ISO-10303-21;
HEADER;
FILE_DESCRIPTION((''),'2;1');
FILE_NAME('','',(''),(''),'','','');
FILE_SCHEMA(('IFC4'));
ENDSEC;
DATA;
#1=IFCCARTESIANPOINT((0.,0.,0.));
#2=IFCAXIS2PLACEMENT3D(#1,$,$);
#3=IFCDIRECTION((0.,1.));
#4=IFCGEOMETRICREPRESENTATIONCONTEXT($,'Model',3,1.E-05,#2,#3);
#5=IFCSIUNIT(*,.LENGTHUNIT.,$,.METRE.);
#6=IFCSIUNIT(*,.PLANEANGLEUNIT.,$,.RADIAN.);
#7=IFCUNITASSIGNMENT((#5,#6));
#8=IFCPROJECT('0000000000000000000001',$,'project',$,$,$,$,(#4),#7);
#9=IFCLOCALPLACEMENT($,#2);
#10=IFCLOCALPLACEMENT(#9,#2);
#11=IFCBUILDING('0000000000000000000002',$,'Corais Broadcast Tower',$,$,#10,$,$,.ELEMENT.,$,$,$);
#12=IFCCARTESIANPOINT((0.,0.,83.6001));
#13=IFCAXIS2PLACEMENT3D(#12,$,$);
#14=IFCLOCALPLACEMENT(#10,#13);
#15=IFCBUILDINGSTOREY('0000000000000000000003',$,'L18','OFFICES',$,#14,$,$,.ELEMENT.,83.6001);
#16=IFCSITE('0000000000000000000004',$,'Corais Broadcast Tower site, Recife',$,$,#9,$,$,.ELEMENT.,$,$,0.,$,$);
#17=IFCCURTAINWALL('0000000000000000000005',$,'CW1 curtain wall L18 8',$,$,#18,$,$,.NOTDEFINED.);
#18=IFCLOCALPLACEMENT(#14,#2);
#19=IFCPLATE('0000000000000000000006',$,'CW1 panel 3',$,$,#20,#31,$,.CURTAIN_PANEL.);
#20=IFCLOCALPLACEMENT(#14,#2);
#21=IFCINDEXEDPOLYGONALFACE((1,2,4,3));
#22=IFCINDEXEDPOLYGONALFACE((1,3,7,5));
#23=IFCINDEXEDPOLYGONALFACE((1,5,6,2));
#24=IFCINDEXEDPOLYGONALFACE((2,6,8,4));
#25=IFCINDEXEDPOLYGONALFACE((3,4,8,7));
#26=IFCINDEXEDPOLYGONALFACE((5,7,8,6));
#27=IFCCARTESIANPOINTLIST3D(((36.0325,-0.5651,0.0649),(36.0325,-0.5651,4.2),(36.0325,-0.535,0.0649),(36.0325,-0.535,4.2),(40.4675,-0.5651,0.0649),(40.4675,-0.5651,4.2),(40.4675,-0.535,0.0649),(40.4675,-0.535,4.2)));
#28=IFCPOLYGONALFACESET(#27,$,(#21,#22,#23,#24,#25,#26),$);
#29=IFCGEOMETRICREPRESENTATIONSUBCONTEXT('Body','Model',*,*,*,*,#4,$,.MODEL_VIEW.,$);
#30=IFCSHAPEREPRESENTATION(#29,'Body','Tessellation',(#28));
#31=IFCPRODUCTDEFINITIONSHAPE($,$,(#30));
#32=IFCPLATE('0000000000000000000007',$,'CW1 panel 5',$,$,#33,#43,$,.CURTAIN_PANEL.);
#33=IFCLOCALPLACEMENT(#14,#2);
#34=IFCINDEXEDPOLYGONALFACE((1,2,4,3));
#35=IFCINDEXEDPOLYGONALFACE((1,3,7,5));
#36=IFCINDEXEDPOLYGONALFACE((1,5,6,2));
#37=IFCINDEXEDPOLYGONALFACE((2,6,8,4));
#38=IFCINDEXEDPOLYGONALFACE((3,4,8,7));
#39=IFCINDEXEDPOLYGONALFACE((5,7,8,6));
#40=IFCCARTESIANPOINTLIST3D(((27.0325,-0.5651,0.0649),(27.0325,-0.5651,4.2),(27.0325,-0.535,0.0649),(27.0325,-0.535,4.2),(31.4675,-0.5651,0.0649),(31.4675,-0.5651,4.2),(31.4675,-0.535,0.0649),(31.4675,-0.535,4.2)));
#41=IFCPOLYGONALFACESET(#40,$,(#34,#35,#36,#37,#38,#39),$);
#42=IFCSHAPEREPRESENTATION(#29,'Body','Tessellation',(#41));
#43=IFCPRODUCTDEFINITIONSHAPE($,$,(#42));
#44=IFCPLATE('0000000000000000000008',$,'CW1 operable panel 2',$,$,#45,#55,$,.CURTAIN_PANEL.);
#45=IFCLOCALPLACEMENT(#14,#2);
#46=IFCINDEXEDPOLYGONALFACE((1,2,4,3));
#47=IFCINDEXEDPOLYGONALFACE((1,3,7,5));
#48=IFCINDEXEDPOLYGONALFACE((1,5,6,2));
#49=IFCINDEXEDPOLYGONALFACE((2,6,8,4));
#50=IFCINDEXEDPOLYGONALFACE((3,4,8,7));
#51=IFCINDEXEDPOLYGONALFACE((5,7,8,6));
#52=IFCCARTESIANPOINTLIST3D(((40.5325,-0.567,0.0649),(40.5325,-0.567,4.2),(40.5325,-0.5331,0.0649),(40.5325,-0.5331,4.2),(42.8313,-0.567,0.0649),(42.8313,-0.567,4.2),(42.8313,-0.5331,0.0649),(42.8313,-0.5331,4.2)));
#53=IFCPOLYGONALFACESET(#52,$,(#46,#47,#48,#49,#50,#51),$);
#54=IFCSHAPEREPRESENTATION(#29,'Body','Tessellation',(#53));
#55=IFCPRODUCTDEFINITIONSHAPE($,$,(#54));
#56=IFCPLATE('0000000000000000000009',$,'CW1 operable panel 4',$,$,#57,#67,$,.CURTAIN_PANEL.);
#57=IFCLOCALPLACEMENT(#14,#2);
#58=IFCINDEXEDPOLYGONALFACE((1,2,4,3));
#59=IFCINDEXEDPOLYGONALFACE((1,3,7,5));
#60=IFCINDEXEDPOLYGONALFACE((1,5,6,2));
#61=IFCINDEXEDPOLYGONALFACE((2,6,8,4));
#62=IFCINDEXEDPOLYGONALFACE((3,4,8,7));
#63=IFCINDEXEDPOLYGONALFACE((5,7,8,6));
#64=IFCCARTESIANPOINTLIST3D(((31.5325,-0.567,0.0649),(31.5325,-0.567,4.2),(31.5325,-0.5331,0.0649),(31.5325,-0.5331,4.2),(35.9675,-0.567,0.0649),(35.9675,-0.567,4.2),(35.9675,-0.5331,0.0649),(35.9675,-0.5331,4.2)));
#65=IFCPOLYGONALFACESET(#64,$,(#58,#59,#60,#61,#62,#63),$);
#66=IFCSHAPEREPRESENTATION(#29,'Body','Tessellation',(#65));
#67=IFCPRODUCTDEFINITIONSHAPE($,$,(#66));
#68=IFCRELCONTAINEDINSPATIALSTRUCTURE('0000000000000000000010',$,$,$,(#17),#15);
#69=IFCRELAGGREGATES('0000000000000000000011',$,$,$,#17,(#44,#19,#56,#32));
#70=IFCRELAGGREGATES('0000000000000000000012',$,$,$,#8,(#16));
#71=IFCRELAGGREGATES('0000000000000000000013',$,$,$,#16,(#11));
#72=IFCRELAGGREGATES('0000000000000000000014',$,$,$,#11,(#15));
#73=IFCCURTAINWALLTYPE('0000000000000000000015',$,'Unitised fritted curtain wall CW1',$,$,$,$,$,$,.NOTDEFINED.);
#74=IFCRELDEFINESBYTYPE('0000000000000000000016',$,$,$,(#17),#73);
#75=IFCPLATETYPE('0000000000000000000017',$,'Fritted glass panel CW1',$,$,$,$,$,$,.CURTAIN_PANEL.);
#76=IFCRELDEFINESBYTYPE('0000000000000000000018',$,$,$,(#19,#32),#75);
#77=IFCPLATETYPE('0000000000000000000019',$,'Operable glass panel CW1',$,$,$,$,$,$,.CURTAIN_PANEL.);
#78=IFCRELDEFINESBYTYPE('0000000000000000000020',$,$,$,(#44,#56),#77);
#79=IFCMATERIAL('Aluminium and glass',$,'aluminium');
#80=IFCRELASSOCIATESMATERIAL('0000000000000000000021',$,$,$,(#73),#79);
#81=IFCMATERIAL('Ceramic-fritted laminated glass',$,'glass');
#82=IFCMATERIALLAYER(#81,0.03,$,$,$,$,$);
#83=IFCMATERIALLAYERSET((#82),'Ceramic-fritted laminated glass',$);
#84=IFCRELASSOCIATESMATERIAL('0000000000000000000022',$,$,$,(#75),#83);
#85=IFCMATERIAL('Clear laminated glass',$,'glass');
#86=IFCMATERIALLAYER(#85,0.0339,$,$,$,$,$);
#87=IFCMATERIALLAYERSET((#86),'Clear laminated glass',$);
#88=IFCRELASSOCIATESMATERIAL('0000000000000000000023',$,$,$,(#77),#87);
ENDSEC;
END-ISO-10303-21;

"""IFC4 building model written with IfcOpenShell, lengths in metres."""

from ifc_helpers import new_model, si_unit, direction, frame, origin, origin_2d, place, context, subcontext, project, spatial, rectangle, extrude, material, layer, layer_set, type_object, element, aggregate, save


model = new_model("IFC4")

# Units and contexts
model_context = context("Model", 3, precision=1e-05, world=origin(), true_north=direction((0.0, 1.0)))
body_context = subcontext(model_context, "Body", "Model", "MODEL_VIEW")
ifc_project = project(units=[si_unit("LENGTHUNIT", "METRE"), si_unit("PLANEANGLEUNIT", "RADIAN")], contexts=[model_context])

# Site, building, storey
site_placement = place(None, origin())
site = spatial("IfcSite", under=ifc_project, at=site_placement, Name="Corais Broadcast Tower site, Recife", CompositionType="ELEMENT", RefElevation=0.0)
building_placement = place(site_placement, origin())
building = spatial("IfcBuilding", under=site, at=building_placement, Name="Corais Broadcast Tower", CompositionType="ELEMENT")
storey_placement = place(building_placement, frame((0.0, 0.0, 83.6001)))
storey = spatial("IfcBuildingStorey", under=building, at=storey_placement, Name="L18", Description="OFFICES", CompositionType="ELEMENT", Elevation=83.6001)

# Curtain wall
ifc_material_1 = material(Name="Aluminium and glass", Category="aluminium")
curtain_wall_type = type_object("IfcCurtainWallType", Name="Unitised fritted curtain wall CW1", PredefinedType="NOTDEFINED", material=ifc_material_1)
curtain_wall_placement = place(storey_placement, origin())
curtain_wall = element("IfcCurtainWall", 1, at=curtain_wall_placement, inside=storey, type_object=curtain_wall_type, Name="CW1 curtain wall L18 8", PredefinedType="NOTDEFINED")

# Plates
ifc_material_2 = material(Name="Ceramic-fritted laminated glass", Category="glass")
ifc_layer_1 = layer(ifc_material_2, 0.03)
ifc_layer_set_1 = layer_set([ifc_layer_1], Name="Ceramic-fritted laminated glass")
plate_type_1 = type_object("IfcPlateType", Name="Fritted glass panel CW1", PredefinedType="CURTAIN_PANEL", material=ifc_layer_set_1)
plate_1_placement = place(storey_placement, frame((38.25, -0.55, 0.0649), z_axis=(0.0, 0.0, 1.0), x_axis=(-1.0, 0.0, 0.0)))
plate_1 = element("IfcPlate", 2, at=plate_1_placement, type_object=plate_type_1, Name="CW1 panel 3", PredefinedType="CURTAIN_PANEL", context=body_context, shape_type="SweptSolid", body=[
    extrude(rectangle(XDim=4.4351, YDim=0.03, at=origin_2d()), origin(), (0.0, 0.0, 1.0), 4.135),
])
plate_2_placement = place(storey_placement, frame((29.25, -0.55, 0.0649), z_axis=(0.0, 0.0, 1.0), x_axis=(-1.0, 0.0, 0.0)))
plate_2 = element("IfcPlate", 3, at=plate_2_placement, type_object=plate_type_1, Name="CW1 panel 5", PredefinedType="CURTAIN_PANEL", context=body_context, shape_type="SweptSolid", body=[
    extrude(rectangle(XDim=4.4351, YDim=0.03, at=origin_2d()), origin(), (0.0, 0.0, 1.0), 4.135),
])
ifc_material_3 = material(Name="Clear laminated glass", Category="glass")
ifc_layer_2 = layer(ifc_material_3, 0.0339)
ifc_layer_set_2 = layer_set([ifc_layer_2], Name="Clear laminated glass")
plate_type_2 = type_object("IfcPlateType", Name="Operable glass panel CW1", PredefinedType="CURTAIN_PANEL", material=ifc_layer_set_2)
plate_3_placement = place(storey_placement, frame((41.6819, -0.55, 0.0649), z_axis=(0.0, 0.0, 1.0), x_axis=(-1.0, 0.0, 0.0)))
plate_3 = element("IfcPlate", 4, at=plate_3_placement, type_object=plate_type_2, Name="CW1 operable panel 2", PredefinedType="CURTAIN_PANEL", context=body_context, shape_type="SweptSolid", body=[
    extrude(rectangle(XDim=2.2988, YDim=0.0339, at=origin_2d()), origin(), (0.0, 0.0, 1.0), 4.135),
])
plate_4_placement = place(storey_placement, frame((33.75, -0.55, 0.0649), z_axis=(0.0, 0.0, 1.0), x_axis=(-1.0, 0.0, 0.0)))
plate_4 = element("IfcPlate", 5, at=plate_4_placement, type_object=plate_type_2, Name="CW1 operable panel 4", PredefinedType="CURTAIN_PANEL", context=body_context, shape_type="SweptSolid", body=[
    extrude(rectangle(XDim=4.4351, YDim=0.0339, at=origin_2d()), origin(), (0.0, 0.0, 1.0), 4.135),
])
aggregate(curtain_wall, [plate_3, plate_1, plate_4, plate_2])

save(model, "model.ifc")
